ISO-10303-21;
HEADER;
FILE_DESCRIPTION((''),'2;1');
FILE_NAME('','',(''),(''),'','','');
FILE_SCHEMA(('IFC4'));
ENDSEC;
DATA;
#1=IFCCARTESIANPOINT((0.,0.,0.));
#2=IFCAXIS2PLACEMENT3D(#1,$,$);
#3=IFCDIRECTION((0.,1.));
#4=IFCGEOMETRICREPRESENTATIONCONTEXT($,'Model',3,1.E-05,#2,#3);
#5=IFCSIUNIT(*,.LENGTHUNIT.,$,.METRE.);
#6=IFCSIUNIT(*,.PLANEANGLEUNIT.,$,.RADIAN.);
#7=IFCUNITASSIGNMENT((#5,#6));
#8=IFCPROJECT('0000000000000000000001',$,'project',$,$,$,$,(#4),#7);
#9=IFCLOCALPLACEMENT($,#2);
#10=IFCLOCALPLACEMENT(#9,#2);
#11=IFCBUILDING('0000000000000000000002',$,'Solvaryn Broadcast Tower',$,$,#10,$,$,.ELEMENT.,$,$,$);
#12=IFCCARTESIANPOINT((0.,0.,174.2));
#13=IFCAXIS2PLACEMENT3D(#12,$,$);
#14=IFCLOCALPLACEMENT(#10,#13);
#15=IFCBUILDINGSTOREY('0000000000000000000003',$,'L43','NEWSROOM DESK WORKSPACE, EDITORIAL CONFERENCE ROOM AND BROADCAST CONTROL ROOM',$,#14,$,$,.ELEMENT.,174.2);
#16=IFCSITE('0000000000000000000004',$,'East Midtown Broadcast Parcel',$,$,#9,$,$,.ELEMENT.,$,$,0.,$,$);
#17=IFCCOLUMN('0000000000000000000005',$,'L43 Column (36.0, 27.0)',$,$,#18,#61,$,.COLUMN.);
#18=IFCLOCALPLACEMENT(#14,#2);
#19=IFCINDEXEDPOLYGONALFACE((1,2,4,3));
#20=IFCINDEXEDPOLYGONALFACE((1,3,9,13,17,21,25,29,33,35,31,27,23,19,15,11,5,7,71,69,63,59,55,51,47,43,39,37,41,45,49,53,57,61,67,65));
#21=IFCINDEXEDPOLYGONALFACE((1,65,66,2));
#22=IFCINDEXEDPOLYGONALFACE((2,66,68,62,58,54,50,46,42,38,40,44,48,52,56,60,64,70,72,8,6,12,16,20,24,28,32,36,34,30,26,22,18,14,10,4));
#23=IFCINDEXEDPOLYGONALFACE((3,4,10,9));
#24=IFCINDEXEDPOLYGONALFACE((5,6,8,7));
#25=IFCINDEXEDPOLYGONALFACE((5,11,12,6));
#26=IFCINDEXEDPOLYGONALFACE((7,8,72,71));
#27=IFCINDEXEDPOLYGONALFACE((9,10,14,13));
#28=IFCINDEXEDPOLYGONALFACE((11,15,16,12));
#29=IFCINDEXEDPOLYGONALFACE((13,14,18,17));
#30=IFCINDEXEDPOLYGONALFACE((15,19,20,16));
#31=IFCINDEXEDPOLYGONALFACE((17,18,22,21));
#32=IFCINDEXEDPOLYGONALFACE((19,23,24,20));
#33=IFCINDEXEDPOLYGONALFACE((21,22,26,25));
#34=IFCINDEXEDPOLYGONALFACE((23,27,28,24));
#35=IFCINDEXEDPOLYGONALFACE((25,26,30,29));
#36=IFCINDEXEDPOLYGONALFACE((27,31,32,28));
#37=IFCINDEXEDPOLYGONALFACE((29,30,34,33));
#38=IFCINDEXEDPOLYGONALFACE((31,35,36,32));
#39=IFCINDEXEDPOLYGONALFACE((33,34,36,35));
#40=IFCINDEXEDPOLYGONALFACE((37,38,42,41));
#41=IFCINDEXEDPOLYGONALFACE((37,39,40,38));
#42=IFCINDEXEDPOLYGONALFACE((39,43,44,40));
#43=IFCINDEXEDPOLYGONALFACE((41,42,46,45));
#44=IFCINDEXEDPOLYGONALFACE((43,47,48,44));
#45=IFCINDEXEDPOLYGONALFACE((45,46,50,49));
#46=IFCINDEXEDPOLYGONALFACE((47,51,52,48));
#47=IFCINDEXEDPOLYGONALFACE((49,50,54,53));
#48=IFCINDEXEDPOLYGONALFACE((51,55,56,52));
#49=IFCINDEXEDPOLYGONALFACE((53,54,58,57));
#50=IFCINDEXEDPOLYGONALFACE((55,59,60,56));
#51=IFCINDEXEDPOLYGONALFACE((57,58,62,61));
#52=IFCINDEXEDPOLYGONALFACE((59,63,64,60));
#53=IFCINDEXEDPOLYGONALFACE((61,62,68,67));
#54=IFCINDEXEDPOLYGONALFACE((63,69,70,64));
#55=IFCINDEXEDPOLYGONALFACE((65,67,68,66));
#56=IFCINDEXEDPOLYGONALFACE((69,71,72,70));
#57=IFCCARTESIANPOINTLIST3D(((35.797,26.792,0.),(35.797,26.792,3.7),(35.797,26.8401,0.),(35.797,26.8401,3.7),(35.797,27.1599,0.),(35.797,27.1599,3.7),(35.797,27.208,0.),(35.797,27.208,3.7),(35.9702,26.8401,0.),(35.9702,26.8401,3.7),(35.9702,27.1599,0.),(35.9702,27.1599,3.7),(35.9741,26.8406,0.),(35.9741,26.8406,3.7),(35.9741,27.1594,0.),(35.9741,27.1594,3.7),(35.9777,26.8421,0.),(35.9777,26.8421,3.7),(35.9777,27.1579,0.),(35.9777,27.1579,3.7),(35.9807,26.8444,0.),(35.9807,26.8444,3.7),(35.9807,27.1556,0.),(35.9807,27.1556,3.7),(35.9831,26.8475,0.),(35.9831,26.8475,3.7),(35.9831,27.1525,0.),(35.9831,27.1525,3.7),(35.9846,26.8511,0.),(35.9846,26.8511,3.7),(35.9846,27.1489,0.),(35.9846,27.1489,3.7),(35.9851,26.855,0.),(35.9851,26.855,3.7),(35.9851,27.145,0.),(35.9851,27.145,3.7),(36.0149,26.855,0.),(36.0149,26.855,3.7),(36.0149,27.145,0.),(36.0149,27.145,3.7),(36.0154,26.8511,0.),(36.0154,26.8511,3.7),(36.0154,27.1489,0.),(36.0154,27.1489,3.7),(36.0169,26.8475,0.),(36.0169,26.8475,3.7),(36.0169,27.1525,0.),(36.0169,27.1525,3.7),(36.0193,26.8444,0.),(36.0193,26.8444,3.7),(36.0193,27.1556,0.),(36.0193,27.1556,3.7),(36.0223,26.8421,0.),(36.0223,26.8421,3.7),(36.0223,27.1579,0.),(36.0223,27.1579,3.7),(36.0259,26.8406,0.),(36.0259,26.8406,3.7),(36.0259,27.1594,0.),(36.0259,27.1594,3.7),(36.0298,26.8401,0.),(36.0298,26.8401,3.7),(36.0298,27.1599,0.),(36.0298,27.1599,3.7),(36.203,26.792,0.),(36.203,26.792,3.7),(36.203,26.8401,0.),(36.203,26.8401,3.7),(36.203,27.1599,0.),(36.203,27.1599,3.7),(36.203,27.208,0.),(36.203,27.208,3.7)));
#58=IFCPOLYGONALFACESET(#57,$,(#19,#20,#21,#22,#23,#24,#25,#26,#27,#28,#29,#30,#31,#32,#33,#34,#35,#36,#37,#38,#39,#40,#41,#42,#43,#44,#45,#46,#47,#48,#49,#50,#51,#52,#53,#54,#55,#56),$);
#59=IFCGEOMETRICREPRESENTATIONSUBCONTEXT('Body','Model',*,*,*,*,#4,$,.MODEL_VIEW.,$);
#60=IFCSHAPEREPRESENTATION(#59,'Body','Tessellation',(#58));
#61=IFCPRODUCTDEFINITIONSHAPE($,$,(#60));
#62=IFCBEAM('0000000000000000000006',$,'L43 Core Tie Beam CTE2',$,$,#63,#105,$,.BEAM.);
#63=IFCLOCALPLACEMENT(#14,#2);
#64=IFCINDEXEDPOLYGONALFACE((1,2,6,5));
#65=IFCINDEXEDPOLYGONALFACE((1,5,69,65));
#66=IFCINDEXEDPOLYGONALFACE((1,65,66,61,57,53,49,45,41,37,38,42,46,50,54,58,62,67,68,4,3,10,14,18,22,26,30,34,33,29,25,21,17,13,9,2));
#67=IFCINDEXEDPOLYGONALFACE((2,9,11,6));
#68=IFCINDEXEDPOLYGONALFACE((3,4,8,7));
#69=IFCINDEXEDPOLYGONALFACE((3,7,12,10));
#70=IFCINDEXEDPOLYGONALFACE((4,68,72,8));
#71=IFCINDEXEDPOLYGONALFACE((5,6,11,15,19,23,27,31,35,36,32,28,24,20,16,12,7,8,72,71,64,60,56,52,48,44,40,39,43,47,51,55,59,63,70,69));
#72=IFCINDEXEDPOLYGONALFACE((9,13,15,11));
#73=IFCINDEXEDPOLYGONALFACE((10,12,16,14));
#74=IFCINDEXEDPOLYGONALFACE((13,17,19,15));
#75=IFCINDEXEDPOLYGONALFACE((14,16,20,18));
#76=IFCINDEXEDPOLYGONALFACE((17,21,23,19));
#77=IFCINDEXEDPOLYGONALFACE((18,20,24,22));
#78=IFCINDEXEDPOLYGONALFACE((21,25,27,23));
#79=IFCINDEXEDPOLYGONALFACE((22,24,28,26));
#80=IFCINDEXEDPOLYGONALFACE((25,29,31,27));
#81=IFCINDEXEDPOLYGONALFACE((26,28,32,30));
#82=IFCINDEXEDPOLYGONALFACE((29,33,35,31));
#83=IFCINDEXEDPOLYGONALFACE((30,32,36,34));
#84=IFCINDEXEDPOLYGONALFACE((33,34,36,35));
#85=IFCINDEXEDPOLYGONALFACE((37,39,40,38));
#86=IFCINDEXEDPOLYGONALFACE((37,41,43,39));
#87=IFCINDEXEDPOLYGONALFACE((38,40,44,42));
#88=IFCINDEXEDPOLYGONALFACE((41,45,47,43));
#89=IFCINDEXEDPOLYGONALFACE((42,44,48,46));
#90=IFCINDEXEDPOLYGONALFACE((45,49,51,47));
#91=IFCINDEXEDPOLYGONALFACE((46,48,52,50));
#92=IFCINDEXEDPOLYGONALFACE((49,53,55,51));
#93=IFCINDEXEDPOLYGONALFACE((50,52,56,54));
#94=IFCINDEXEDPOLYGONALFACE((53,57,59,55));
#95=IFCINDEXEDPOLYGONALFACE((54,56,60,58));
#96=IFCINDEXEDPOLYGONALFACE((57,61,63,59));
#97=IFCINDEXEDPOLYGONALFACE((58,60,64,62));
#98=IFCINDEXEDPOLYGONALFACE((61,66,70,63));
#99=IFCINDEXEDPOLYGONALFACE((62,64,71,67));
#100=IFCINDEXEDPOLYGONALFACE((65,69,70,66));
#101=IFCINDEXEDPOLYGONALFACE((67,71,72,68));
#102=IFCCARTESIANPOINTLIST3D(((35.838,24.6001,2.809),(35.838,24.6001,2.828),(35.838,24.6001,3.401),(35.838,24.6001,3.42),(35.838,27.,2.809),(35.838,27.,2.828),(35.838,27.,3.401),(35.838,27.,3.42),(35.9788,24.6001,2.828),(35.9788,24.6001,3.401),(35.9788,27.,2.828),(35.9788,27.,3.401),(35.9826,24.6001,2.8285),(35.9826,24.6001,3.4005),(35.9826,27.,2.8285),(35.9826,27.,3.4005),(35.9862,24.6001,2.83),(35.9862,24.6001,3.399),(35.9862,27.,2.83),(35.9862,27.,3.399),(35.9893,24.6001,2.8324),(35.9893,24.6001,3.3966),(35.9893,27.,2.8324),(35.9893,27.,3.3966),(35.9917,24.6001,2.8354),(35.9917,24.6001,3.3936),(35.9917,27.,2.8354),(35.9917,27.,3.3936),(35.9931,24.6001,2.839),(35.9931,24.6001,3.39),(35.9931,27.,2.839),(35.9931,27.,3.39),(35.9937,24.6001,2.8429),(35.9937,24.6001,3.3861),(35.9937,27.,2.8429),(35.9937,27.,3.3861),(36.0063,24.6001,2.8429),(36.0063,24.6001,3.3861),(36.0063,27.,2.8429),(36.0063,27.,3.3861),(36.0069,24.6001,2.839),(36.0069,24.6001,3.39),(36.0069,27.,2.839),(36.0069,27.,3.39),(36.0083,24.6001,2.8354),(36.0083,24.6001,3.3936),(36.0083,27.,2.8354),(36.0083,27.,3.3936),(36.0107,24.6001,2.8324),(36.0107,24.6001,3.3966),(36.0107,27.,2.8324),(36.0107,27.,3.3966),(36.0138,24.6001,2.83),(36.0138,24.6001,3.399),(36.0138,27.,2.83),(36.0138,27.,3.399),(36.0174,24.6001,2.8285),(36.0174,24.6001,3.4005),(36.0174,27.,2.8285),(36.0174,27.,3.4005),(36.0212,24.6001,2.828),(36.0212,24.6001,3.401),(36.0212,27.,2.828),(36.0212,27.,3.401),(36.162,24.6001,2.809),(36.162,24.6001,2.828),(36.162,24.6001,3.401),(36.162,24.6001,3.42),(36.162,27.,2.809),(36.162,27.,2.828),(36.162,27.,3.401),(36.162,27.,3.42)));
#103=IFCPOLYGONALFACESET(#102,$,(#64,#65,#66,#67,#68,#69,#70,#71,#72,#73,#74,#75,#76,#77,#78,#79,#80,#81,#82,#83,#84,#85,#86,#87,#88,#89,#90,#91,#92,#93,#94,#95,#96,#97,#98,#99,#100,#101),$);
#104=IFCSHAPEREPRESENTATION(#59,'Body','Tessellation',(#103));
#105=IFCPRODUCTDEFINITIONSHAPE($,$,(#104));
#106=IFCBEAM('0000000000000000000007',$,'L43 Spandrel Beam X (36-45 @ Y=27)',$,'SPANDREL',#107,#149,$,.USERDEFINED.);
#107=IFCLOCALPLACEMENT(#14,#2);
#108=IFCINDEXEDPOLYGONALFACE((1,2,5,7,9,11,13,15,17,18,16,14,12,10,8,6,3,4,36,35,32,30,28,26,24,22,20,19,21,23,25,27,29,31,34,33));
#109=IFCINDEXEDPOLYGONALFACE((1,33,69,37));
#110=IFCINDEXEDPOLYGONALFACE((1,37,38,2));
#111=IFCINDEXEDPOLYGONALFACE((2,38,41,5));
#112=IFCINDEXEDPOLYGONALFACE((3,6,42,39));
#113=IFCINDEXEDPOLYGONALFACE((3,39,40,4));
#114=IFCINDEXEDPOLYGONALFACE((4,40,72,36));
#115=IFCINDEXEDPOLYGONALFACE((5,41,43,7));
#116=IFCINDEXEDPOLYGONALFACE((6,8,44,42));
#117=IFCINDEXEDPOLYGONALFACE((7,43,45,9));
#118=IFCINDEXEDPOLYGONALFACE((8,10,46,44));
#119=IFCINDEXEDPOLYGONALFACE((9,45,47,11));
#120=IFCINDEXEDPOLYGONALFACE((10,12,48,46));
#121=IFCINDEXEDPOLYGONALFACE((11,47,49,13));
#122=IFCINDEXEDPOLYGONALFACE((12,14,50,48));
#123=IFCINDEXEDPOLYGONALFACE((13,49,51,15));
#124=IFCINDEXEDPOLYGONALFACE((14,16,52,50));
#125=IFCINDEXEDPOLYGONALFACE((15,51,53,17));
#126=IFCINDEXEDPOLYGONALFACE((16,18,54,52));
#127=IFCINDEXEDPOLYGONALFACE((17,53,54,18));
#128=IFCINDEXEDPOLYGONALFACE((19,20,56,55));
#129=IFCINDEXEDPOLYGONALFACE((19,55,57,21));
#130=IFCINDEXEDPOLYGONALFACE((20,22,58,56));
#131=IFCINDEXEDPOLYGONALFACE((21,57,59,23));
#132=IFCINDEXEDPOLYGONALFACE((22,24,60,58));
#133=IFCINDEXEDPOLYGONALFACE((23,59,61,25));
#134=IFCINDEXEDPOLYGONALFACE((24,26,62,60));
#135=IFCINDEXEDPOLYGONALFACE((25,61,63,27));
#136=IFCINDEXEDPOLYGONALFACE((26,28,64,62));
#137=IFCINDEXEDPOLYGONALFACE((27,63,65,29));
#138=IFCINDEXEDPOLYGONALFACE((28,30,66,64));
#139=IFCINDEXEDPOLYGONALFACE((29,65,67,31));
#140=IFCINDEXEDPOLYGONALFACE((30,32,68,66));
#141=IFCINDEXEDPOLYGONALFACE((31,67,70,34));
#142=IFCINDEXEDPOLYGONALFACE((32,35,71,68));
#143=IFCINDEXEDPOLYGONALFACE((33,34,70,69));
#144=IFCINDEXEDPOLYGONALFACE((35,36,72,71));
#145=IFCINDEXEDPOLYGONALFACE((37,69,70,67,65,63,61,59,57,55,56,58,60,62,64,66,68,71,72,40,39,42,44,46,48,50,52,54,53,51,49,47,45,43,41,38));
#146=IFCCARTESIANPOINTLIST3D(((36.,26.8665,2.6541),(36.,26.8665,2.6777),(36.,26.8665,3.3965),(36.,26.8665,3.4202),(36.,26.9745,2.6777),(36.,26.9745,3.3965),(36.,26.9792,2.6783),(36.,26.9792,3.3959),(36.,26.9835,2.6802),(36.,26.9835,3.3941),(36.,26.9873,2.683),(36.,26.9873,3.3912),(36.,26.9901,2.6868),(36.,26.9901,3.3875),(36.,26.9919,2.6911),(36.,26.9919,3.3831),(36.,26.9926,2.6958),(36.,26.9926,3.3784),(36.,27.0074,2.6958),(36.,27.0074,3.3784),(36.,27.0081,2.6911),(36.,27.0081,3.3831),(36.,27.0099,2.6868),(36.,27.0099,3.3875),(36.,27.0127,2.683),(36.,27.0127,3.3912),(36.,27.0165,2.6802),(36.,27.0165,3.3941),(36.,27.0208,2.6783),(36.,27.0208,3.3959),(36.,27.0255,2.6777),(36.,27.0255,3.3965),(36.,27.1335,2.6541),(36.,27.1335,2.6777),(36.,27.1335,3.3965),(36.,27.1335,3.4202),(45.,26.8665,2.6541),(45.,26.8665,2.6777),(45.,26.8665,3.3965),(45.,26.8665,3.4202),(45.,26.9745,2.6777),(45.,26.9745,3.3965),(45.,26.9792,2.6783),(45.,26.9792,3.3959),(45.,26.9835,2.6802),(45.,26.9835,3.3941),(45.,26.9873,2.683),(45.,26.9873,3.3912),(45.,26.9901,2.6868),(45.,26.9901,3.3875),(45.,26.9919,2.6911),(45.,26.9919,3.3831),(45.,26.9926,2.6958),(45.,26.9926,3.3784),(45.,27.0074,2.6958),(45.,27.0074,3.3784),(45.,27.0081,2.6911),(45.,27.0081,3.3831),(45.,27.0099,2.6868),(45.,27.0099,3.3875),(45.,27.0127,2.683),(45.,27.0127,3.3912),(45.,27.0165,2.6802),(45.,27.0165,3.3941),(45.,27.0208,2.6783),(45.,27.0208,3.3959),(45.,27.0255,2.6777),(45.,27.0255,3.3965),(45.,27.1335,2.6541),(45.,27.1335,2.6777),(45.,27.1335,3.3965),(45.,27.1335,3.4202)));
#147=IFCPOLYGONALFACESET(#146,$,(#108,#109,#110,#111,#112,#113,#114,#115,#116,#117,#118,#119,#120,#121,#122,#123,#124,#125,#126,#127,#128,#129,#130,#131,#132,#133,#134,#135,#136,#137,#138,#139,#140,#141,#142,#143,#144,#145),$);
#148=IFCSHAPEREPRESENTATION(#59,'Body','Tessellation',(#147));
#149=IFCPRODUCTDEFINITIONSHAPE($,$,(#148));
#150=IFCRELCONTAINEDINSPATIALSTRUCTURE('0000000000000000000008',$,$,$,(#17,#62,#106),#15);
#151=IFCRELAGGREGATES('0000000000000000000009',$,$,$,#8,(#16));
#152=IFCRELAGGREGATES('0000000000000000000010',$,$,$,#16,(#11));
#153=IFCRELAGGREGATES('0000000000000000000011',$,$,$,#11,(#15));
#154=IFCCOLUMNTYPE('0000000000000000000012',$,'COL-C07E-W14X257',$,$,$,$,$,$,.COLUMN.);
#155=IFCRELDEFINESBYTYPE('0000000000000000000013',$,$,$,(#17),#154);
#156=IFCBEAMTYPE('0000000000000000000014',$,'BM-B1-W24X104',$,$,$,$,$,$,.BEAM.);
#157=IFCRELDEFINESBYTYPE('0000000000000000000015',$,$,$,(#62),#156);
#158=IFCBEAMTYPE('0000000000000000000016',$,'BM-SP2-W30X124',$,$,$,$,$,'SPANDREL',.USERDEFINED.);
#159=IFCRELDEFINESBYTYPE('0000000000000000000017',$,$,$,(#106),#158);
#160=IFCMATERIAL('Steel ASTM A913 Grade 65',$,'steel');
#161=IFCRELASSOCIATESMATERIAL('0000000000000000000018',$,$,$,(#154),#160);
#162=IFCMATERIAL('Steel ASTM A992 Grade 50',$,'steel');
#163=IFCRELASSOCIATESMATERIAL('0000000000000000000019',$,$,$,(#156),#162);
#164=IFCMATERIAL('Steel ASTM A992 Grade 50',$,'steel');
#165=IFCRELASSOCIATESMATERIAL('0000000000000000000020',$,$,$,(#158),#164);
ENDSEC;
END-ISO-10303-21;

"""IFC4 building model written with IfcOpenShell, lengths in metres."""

from ifc_helpers import new_model, si_unit, direction, frame, origin, origin_2d, place, context, subcontext, project, spatial, i_section, extrude, material, material_profile, profile_set, type_object, element, save


model = new_model("IFC4")

# Units and contexts
model_context = context("Model", 3, precision=1e-05, world=origin(), true_north=direction((0.0, 1.0)))
body_context = subcontext(model_context, "Body", "Model", "MODEL_VIEW")
ifc_project = project(units=[si_unit("LENGTHUNIT", "METRE"), si_unit("PLANEANGLEUNIT", "RADIAN")], contexts=[model_context])

# Site, building, storey
site_placement = place(None, origin())
site = spatial("IfcSite", under=ifc_project, at=site_placement, Name="East Midtown Broadcast Parcel", CompositionType="ELEMENT", RefElevation=0.0)
building_placement = place(site_placement, origin())
building = spatial("IfcBuilding", under=site, at=building_placement, Name="Solvaryn Broadcast Tower", CompositionType="ELEMENT")
storey_placement = place(building_placement, frame((0.0, 0.0, 174.2)))
storey = spatial("IfcBuildingStorey", under=building, at=storey_placement, Name="L43", Description="NEWSROOM DESK WORKSPACE, EDITORIAL CONFERENCE ROOM AND BROADCAST CONTROL ROOM", CompositionType="ELEMENT", Elevation=174.2)

# Column
ifc_material_1 = material(Name="Steel ASTM A913 Grade 65", Category="steel")
ifc_material_profile_1 = material_profile(ifc_material_1, i_section(OverallWidth=0.406, OverallDepth=0.416, WebThickness=0.0298, FlangeThickness=0.0481, FilletRadius=0.0149, at=origin_2d()))
ifc_profile_set_1 = profile_set([ifc_material_profile_1], Name="Steel ASTM A913 Grade 65")
column_type = type_object("IfcColumnType", Name="COL-C07E-W14X257", PredefinedType="COLUMN", material=ifc_profile_set_1)
column_placement = place(storey_placement, frame((36.0, 27.0, 0.0), z_axis=(0.0, 0.0, 1.0), x_axis=(1.0, 0.0, 0.0)))
element("IfcColumn", 1, at=column_placement, inside=storey, type_object=column_type, Name="L43 Column (36.0, 27.0)", PredefinedType="COLUMN", context=body_context, shape_type="SweptSolid", body=[
    extrude(i_section(OverallWidth=0.406, OverallDepth=0.416, WebThickness=0.0298, FlangeThickness=0.0481, FilletRadius=0.0149, at=origin_2d()), origin(), (0.0, 0.0, 1.0), 3.7),
])

# Beams
ifc_material_2 = material(Name="Steel ASTM A992 Grade 50", Category="steel")
ifc_material_profile_2 = material_profile(ifc_material_2, i_section(OverallWidth=0.324, OverallDepth=0.6111, WebThickness=0.0127, FlangeThickness=0.019, FilletRadius=0.0149, at=origin_2d()))
ifc_profile_set_2 = profile_set([ifc_material_profile_2], Name="Steel ASTM A992 Grade 50")
beam_type_1 = type_object("IfcBeamType", Name="BM-B1-W24X104", PredefinedType="BEAM", material=ifc_profile_set_2)
beam_1_placement = place(storey_placement, frame((36.0, 24.6001, 3.1145), z_axis=(0.0, 1.0, 0.0), x_axis=(-1.0, 0.0, 0.0)))
element("IfcBeam", 2, at=beam_1_placement, inside=storey, type_object=beam_type_1, Name="L43 Core Tie Beam CTE2", PredefinedType="BEAM", context=body_context, shape_type="SweptSolid", body=[
    extrude(i_section(OverallWidth=0.324, OverallDepth=0.6111, WebThickness=0.0127, FlangeThickness=0.019, FilletRadius=0.0149, at=origin_2d()), origin(), (0.0, 0.0, 1.0), 2.3999),
])
ifc_material_3 = material(Name="Steel ASTM A992 Grade 50", Category="steel")
ifc_material_profile_3 = material_profile(ifc_material_3, i_section(OverallWidth=0.2671, OverallDepth=0.7661, WebThickness=0.0149, FlangeThickness=0.0237, FilletRadius=0.0181, at=origin_2d()))
ifc_profile_set_3 = profile_set([ifc_material_profile_3], Name="Steel ASTM A992 Grade 50")
beam_type_2 = type_object("IfcBeamType", Name="BM-SP2-W30X124", ElementType="SPANDREL", PredefinedType="USERDEFINED", material=ifc_profile_set_3)
beam_2_placement = place(storey_placement, frame((36.0, 27.0, 3.0371), z_axis=(1.0, 0.0, 0.0), x_axis=(0.0, 1.0, 0.0)))
element("IfcBeam", 3, at=beam_2_placement, inside=storey, type_object=beam_type_2, Name="L43 Spandrel Beam X (36-45 @ Y=27)", ObjectType="SPANDREL", PredefinedType="USERDEFINED", context=body_context, shape_type="SweptSolid", body=[
    extrude(i_section(OverallWidth=0.2671, OverallDepth=0.7661, WebThickness=0.0149, FlangeThickness=0.0237, FilletRadius=0.0181, at=origin_2d()), origin(), (0.0, 0.0, 1.0), 9.0),
])

save(model, "model.ifc")
